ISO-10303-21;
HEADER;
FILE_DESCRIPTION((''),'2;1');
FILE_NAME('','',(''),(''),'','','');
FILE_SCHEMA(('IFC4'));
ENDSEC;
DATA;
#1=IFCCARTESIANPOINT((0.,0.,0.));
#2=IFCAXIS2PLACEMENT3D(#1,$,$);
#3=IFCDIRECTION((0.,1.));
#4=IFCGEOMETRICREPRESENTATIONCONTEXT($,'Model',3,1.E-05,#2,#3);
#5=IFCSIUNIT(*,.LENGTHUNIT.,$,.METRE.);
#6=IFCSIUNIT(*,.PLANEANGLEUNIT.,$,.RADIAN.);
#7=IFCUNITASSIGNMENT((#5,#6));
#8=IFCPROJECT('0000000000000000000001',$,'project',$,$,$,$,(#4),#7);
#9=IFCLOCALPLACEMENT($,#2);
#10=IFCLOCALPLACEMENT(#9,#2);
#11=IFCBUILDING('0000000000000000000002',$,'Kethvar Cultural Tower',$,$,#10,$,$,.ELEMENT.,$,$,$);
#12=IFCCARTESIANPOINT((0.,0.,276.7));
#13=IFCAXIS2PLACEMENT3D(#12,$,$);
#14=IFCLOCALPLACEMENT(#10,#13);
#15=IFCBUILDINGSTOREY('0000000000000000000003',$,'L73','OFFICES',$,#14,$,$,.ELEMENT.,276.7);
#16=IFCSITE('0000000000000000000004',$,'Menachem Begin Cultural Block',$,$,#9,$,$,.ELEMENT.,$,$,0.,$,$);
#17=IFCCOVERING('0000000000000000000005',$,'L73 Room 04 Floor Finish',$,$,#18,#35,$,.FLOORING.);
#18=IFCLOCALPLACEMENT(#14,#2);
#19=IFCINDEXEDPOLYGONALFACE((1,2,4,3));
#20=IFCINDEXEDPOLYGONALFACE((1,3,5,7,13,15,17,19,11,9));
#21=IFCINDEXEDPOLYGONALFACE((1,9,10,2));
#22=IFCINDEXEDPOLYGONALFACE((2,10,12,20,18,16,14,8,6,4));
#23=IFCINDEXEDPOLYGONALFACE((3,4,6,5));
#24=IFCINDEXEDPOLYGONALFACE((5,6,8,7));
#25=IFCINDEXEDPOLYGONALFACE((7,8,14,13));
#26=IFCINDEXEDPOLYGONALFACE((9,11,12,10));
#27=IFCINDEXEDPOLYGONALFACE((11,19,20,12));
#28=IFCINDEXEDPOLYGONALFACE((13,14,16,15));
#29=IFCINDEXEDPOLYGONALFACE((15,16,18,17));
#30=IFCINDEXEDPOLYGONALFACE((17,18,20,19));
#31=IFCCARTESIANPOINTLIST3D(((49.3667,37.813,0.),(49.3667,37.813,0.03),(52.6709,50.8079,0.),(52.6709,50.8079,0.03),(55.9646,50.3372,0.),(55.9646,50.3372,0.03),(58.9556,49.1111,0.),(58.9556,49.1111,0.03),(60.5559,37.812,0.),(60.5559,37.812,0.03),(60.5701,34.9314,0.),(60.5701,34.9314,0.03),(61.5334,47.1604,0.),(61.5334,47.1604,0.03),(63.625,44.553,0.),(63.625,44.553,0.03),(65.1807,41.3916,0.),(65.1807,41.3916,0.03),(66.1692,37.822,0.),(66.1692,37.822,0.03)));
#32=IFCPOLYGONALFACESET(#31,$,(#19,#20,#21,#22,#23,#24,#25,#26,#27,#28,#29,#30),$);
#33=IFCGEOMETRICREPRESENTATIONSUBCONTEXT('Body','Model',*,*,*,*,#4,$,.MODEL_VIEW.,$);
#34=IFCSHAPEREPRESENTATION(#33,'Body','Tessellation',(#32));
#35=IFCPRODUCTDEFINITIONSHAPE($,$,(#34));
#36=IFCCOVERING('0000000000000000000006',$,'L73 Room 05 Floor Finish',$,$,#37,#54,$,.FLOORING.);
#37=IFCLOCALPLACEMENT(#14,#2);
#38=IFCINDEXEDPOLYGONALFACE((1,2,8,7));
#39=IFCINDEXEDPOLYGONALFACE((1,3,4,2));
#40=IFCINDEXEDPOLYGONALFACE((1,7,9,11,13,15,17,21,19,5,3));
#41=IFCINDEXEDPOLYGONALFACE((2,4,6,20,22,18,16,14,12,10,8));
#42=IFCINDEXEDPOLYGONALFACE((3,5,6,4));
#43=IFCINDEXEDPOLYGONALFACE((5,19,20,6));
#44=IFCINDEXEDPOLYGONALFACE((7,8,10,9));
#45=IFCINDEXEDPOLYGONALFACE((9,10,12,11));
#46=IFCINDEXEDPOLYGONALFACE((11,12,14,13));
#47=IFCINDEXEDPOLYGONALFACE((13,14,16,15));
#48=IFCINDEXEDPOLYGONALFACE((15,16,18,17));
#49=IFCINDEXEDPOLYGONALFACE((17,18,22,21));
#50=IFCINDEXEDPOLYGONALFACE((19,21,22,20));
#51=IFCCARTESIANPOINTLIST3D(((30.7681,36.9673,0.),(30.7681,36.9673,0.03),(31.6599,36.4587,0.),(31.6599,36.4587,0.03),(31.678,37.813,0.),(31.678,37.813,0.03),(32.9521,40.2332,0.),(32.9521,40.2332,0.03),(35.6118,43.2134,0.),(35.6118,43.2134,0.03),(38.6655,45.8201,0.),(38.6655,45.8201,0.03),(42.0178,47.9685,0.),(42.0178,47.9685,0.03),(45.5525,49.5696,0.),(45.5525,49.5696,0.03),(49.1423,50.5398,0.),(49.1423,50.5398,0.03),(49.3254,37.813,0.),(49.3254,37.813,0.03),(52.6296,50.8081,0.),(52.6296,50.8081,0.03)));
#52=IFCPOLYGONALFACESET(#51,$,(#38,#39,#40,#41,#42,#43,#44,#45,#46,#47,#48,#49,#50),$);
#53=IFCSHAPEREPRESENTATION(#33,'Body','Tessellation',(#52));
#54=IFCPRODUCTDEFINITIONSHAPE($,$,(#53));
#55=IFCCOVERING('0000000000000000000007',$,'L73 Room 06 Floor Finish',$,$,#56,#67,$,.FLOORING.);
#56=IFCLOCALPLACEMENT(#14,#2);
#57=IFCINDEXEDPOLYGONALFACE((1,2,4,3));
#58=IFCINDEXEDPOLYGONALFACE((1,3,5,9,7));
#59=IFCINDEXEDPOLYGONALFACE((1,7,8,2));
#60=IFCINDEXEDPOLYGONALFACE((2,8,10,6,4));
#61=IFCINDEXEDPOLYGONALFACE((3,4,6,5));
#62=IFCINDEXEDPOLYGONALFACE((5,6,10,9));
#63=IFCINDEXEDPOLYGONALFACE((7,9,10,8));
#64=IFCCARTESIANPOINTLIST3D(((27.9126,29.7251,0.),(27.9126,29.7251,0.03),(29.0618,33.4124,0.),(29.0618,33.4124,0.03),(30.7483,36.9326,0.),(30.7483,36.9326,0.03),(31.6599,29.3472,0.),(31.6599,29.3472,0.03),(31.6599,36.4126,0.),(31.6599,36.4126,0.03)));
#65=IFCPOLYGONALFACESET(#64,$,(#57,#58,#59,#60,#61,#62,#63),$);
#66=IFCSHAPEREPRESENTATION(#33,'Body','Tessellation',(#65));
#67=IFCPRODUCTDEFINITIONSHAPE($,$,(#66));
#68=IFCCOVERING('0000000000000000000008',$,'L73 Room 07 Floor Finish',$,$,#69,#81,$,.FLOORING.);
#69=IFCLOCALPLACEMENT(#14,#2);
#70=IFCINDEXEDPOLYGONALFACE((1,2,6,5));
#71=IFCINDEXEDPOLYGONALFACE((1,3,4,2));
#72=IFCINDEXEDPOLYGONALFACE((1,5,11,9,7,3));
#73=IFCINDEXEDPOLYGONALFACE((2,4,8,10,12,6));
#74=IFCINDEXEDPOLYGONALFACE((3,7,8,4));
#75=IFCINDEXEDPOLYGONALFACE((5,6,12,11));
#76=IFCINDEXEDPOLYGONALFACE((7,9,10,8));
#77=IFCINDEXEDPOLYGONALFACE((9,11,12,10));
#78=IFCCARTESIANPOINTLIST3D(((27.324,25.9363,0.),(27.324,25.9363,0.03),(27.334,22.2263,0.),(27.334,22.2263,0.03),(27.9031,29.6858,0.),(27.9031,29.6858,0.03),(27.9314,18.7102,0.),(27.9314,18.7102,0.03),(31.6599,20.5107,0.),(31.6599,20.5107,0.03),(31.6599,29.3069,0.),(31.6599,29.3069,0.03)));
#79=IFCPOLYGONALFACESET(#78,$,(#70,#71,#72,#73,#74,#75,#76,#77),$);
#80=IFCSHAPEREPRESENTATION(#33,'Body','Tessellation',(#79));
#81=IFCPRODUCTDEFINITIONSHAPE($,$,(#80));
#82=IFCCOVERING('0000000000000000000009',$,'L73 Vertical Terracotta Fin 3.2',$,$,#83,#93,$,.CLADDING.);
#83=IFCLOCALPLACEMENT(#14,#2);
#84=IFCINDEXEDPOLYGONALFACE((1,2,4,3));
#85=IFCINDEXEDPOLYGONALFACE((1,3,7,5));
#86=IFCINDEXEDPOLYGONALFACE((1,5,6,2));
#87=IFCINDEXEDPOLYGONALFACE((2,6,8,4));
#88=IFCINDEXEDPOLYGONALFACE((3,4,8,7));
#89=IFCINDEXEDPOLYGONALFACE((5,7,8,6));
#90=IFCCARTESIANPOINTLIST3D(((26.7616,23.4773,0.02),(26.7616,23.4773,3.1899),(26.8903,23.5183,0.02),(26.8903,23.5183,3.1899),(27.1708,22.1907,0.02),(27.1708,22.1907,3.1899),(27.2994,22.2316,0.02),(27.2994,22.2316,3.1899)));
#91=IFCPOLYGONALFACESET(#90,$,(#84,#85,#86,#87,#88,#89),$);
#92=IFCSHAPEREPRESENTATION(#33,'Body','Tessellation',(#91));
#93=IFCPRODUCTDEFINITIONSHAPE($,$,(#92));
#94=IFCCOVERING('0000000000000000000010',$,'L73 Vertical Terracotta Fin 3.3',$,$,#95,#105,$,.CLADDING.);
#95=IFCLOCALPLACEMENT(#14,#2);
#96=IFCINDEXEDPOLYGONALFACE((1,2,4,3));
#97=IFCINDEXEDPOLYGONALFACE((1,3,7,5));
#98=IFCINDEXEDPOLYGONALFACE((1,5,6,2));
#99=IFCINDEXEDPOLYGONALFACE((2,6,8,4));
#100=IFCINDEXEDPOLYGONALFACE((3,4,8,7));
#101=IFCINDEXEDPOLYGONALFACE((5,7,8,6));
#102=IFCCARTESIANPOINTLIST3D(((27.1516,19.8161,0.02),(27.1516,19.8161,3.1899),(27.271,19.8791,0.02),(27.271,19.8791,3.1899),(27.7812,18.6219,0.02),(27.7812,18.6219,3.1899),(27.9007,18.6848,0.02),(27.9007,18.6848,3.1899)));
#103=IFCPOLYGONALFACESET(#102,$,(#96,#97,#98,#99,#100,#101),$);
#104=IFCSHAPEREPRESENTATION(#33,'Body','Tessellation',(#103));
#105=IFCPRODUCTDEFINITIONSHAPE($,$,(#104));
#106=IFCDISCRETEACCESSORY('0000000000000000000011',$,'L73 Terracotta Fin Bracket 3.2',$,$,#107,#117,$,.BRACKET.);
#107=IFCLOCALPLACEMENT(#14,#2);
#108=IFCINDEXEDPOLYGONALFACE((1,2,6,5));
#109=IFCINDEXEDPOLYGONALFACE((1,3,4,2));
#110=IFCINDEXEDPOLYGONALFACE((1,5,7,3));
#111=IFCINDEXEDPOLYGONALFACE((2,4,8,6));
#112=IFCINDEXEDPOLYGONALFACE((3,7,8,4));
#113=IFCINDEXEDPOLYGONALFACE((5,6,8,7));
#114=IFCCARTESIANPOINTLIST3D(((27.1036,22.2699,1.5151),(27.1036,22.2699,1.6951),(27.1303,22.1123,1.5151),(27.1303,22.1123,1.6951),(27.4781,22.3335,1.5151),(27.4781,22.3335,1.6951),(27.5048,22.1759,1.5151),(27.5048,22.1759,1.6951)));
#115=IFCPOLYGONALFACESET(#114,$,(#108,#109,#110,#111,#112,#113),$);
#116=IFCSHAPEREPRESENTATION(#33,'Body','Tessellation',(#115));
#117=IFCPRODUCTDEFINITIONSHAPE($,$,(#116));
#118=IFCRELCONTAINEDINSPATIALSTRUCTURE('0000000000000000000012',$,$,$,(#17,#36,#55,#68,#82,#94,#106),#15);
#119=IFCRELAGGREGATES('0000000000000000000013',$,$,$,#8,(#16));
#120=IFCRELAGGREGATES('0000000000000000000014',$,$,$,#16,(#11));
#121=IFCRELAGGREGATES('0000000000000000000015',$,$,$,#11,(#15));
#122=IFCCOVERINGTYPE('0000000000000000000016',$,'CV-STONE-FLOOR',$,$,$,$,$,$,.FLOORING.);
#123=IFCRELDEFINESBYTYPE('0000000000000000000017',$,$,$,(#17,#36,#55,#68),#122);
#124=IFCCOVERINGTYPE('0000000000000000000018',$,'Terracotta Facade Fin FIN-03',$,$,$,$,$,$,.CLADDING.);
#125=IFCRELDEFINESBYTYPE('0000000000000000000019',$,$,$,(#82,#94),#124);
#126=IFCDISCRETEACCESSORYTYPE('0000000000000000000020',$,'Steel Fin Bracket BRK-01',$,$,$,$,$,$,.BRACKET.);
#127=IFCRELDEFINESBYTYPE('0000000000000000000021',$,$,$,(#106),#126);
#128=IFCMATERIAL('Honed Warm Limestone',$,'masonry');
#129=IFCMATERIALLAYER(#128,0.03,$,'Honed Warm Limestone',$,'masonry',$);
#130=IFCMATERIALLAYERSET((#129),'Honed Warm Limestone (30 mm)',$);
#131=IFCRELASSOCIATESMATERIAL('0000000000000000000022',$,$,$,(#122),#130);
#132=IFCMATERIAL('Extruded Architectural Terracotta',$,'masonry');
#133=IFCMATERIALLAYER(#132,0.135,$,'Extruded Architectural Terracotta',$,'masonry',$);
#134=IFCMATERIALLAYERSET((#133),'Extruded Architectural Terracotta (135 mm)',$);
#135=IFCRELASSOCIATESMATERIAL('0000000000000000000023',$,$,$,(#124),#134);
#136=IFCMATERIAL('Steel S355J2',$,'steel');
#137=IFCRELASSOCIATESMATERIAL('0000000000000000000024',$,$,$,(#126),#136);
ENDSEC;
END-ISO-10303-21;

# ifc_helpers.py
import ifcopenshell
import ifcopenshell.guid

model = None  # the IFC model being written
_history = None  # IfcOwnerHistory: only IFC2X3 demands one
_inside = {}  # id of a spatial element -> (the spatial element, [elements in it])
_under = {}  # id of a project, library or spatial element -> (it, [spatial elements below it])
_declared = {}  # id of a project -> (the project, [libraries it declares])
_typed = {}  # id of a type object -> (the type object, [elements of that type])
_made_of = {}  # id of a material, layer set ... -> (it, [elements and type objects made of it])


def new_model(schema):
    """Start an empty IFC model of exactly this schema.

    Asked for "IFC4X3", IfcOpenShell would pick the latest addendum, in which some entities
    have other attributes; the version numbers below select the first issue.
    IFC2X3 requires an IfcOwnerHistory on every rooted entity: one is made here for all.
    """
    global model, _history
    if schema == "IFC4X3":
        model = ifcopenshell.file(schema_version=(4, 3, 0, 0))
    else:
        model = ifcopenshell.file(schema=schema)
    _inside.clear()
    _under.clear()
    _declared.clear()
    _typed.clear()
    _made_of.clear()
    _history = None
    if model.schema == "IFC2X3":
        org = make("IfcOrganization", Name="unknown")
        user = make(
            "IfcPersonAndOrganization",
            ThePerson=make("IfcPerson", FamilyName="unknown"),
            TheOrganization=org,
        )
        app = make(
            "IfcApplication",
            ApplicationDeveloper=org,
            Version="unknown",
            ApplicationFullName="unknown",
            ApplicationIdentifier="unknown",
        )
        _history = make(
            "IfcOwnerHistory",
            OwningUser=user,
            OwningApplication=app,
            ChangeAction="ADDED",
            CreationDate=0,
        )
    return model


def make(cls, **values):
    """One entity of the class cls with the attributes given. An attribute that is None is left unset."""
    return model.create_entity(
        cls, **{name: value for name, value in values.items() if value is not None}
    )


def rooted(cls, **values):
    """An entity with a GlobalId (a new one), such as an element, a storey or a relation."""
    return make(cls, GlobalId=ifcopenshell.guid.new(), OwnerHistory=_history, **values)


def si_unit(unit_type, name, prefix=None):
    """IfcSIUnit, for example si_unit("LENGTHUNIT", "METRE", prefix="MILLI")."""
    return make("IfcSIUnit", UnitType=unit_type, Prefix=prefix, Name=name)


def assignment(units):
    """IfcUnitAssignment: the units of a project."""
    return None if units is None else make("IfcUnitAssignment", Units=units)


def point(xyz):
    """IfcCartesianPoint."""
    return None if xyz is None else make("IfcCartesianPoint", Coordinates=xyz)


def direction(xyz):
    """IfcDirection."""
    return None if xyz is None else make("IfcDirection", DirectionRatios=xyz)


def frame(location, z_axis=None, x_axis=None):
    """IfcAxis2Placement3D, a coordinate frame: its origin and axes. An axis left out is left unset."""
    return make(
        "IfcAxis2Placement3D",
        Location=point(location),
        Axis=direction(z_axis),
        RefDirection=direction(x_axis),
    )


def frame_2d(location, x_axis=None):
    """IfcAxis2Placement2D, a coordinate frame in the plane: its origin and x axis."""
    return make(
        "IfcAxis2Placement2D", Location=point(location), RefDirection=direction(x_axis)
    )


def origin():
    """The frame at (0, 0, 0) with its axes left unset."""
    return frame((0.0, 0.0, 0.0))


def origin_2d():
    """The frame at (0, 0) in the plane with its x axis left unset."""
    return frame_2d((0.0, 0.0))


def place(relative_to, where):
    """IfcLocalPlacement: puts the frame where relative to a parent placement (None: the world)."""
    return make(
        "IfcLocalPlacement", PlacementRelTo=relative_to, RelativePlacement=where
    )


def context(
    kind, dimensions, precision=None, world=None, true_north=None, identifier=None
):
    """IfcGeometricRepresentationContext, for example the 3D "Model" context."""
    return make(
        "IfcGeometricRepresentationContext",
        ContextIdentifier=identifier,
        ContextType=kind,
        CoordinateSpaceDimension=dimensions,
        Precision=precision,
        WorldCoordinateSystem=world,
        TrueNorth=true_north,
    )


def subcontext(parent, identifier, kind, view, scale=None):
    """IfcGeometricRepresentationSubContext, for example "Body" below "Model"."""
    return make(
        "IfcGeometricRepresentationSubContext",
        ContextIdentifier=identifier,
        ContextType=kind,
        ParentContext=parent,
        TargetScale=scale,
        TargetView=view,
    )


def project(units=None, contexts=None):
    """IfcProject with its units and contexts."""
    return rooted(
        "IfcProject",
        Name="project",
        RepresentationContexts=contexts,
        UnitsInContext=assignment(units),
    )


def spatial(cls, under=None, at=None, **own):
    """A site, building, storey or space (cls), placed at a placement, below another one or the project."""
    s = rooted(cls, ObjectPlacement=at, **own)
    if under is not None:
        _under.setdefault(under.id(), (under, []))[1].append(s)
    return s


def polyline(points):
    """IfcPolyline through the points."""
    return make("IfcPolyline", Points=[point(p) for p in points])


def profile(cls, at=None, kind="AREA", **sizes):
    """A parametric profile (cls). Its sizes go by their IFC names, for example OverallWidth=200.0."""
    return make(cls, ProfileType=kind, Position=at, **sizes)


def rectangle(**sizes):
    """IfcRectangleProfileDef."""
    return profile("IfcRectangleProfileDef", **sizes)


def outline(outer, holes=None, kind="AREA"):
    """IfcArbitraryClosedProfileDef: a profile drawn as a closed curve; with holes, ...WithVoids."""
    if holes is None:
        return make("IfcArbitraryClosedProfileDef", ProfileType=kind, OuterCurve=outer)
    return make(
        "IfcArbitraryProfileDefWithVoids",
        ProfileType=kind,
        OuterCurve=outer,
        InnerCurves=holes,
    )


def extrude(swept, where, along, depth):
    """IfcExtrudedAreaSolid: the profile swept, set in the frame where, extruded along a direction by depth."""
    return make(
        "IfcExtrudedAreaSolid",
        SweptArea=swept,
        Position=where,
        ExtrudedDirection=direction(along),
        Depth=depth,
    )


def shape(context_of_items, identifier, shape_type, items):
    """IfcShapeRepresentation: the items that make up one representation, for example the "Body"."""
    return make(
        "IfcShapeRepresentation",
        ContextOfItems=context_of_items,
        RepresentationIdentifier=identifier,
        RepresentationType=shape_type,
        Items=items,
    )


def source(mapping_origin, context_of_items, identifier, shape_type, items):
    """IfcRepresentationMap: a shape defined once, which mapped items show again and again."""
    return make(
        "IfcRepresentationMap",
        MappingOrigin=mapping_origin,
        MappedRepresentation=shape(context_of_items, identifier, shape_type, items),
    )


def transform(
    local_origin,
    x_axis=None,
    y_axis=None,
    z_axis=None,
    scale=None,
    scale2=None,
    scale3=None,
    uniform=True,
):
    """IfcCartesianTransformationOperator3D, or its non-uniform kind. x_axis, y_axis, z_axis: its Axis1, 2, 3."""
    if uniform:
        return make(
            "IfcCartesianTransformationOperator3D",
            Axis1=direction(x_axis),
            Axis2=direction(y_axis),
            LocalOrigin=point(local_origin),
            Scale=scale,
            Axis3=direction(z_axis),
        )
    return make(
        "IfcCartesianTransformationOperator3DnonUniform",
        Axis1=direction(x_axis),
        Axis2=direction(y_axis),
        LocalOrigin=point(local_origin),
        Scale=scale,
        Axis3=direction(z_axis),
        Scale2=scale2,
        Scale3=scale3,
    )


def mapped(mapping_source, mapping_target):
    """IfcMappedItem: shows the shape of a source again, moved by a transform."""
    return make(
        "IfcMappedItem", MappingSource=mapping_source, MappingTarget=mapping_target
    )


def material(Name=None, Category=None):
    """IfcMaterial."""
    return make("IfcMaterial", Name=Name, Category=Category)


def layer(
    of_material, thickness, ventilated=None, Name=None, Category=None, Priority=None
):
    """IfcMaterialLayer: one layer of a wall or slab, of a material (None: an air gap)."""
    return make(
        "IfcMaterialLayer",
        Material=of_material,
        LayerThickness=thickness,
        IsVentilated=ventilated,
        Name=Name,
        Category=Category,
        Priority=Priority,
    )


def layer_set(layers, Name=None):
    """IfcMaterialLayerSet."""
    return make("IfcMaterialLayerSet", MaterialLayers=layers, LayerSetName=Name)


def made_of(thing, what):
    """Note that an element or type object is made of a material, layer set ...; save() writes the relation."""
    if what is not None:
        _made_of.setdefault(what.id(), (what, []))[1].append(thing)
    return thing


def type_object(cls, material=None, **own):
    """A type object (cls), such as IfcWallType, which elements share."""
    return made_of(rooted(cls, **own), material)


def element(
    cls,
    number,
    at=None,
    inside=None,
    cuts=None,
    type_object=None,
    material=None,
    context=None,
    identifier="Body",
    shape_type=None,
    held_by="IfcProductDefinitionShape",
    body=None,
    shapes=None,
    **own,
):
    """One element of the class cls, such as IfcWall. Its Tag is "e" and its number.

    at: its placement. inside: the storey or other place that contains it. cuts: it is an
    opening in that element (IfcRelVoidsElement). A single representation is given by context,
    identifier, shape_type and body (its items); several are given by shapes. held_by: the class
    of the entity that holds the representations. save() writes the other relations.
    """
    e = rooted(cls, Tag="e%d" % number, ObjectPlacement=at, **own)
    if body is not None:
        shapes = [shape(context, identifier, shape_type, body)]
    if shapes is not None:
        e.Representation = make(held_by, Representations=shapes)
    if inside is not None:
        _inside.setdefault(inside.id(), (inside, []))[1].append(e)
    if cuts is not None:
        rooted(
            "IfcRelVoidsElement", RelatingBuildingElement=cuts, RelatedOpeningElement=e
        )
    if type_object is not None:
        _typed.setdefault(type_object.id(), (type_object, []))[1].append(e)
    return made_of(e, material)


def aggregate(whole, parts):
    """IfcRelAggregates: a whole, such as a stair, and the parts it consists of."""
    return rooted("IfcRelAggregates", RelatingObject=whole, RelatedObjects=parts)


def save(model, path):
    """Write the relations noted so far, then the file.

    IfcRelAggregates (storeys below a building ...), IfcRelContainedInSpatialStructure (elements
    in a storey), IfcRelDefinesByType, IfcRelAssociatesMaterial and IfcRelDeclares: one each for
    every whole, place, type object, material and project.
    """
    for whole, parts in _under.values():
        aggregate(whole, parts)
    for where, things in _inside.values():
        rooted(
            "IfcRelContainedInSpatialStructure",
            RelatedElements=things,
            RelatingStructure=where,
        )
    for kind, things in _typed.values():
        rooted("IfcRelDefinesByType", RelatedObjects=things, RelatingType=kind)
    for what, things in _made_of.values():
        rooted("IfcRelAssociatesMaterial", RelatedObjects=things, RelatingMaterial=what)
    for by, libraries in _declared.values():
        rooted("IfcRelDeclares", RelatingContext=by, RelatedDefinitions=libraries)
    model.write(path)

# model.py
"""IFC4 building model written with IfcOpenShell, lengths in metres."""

from ifc_helpers import new_model, si_unit, direction, frame, origin, origin_2d, place, context, subcontext, project, spatial, polyline, rectangle, outline, extrude, source, transform, mapped, material, layer, layer_set, type_object, element, save


model = new_model("IFC4")

# Units and contexts
model_context = context("Model", 3, precision=1e-05, world=origin(), true_north=direction((0.0, 1.0)))
body_context = subcontext(model_context, "Body", "Model", "MODEL_VIEW")
ifc_project = project(units=[si_unit("LENGTHUNIT", "METRE"), si_unit("PLANEANGLEUNIT", "RADIAN")], contexts=[model_context])

# Site, building, storey
site_placement = place(None, origin())
site = spatial("IfcSite", under=ifc_project, at=site_placement, Name="Menachem Begin Cultural Block", CompositionType="ELEMENT", RefElevation=0.0)
building_placement = place(site_placement, origin())
building = spatial("IfcBuilding", under=site, at=building_placement, Name="Kethvar Cultural Tower", CompositionType="ELEMENT")
storey_placement = place(building_placement, frame((0.0, 0.0, 276.7)))
storey = spatial("IfcBuildingStorey", under=building, at=storey_placement, Name="L73", Description="OFFICES", CompositionType="ELEMENT", Elevation=276.7)

# Coverings
ifc_material_1 = material(Name="Honed Warm Limestone", Category="masonry")
ifc_layer_1 = layer(ifc_material_1, 0.03, Name="Honed Warm Limestone", Category="masonry")
ifc_layer_set_1 = layer_set([ifc_layer_1], Name="Honed Warm Limestone (30 mm)")
covering_type_1 = type_object("IfcCoveringType", Name="CV-STONE-FLOOR", PredefinedType="FLOORING", material=ifc_layer_set_1)
covering_1_placement = place(storey_placement, origin())
element("IfcCovering", 1, at=covering_1_placement, inside=storey, type_object=covering_type_1, Name="L73 Room 04 Floor Finish", PredefinedType="FLOORING", context=body_context, shape_type="SweptSolid", body=[
    extrude(outline(polyline([(63.625, 44.553), (65.1807, 41.3916), (66.1692, 37.822), (60.5701, 34.9314), (60.5559, 37.812), (49.3667, 37.813), (52.6709, 50.8079), (55.9646, 50.3372), (58.9556, 49.1111), (61.5334, 47.1604), (63.625, 44.553)])), origin(), (0.0, 0.0, 1.0), 0.03),
])
covering_2_placement = place(storey_placement, origin())
element("IfcCovering", 2, at=covering_2_placement, inside=storey, type_object=covering_type_1, Name="L73 Room 05 Floor Finish", PredefinedType="FLOORING", context=body_context, shape_type="SweptSolid", body=[
    extrude(outline(polyline([(32.9521, 40.2332), (35.6118, 43.2134), (38.6655, 45.8201), (42.0178, 47.9685), (45.5525, 49.5696), (49.1423, 50.5398), (52.6296, 50.8081), (49.3254, 37.813), (31.678, 37.813), (31.6599, 36.4587), (30.7681, 36.9673), (32.9521, 40.2332)])), origin(), (0.0, 0.0, 1.0), 0.03),
])
covering_3_placement = place(storey_placement, origin())
element("IfcCovering", 3, at=covering_3_placement, inside=storey, type_object=covering_type_1, Name="L73 Room 06 Floor Finish", PredefinedType="FLOORING", context=body_context, shape_type="SweptSolid", body=[
    extrude(outline(polyline([(29.0618, 33.4124), (30.7483, 36.9326), (31.6599, 36.4126), (31.6599, 29.3472), (27.9126, 29.7251), (29.0618, 33.4124)])), origin(), (0.0, 0.0, 1.0), 0.03),
])
covering_4_placement = place(storey_placement, origin())
element("IfcCovering", 4, at=covering_4_placement, inside=storey, type_object=covering_type_1, Name="L73 Room 07 Floor Finish", PredefinedType="FLOORING", context=body_context, shape_type="SweptSolid", body=[
    extrude(outline(polyline([(27.334, 22.2263), (27.324, 25.9363), (27.9031, 29.6858), (31.6599, 29.3069), (31.6599, 20.5107), (27.9314, 18.7102), (27.334, 22.2263)])), origin(), (0.0, 0.0, 1.0), 0.03),
])
ifc_material_2 = material(Name="Extruded Architectural Terracotta", Category="masonry")
ifc_layer_2 = layer(ifc_material_2, 0.135, Name="Extruded Architectural Terracotta", Category="masonry")
ifc_layer_set_2 = layer_set([ifc_layer_2], Name="Extruded Architectural Terracotta (135 mm)")
covering_type_2 = type_object("IfcCoveringType", Name="Terracotta Facade Fin FIN-03", PredefinedType="CLADDING", material=ifc_layer_set_2)
shared_shape_1 = source(origin(), body_context, "Body", "SweptSolid", [
    extrude(rectangle(XDim=1.3501, YDim=0.135, at=origin_2d()), origin(), (0.0, 0.0, 1.0), 3.1699),
])
for number, where, z_axis, x_axis, name in (
    (5, (27.0305, 22.8545, 0.02), (0.0, 0.0, 1.0), (-0.303035, 0.952979, 0.0), "L73 Vertical Terracotta Fin 3.2"),
    (6, (27.5261, 19.2505, 0.02), (0.0, 0.0, 1.0), (-0.466387, 0.884581, 0.0), "L73 Vertical Terracotta Fin 3.3"),
):
    element("IfcCovering", number, at=place(storey_placement, frame(where, z_axis=z_axis, x_axis=x_axis)), inside=storey, type_object=covering_type_2, Name=name, PredefinedType="CLADDING", context=body_context, shape_type="MappedRepresentation", body=[
        mapped(shared_shape_1, transform((0.0, 0.0, 0.0), scale=1.0)),
    ])

# Discrete accessory
ifc_material_3 = material(Name="Steel S355J2", Category="steel")
discrete_accessory_type = type_object("IfcDiscreteAccessoryType", Name="Steel Fin Bracket BRK-01", PredefinedType="BRACKET", material=ifc_material_3)
shared_shape_2 = source(origin(), body_context, "Body", "SweptSolid", [
    extrude(rectangle(XDim=0.3799, YDim=0.1599, at=origin_2d()), origin(), (0.0, 0.0, 1.0), 0.1799),
])
discrete_accessory_placement = place(storey_placement, frame((27.3042, 22.2229, 1.5151), z_axis=(0.0, 0.0, 1.0), x_axis=(-0.985879, -0.167457, 0.0)))
element("IfcDiscreteAccessory", 7, at=discrete_accessory_placement, inside=storey, type_object=discrete_accessory_type, Name="L73 Terracotta Fin Bracket 3.2", PredefinedType="BRACKET", context=body_context, shape_type="MappedRepresentation", body=[
    mapped(shared_shape_2, transform((0.0, 0.0, 0.0), scale=1.0)),
])

save(model, "model.ifc")
